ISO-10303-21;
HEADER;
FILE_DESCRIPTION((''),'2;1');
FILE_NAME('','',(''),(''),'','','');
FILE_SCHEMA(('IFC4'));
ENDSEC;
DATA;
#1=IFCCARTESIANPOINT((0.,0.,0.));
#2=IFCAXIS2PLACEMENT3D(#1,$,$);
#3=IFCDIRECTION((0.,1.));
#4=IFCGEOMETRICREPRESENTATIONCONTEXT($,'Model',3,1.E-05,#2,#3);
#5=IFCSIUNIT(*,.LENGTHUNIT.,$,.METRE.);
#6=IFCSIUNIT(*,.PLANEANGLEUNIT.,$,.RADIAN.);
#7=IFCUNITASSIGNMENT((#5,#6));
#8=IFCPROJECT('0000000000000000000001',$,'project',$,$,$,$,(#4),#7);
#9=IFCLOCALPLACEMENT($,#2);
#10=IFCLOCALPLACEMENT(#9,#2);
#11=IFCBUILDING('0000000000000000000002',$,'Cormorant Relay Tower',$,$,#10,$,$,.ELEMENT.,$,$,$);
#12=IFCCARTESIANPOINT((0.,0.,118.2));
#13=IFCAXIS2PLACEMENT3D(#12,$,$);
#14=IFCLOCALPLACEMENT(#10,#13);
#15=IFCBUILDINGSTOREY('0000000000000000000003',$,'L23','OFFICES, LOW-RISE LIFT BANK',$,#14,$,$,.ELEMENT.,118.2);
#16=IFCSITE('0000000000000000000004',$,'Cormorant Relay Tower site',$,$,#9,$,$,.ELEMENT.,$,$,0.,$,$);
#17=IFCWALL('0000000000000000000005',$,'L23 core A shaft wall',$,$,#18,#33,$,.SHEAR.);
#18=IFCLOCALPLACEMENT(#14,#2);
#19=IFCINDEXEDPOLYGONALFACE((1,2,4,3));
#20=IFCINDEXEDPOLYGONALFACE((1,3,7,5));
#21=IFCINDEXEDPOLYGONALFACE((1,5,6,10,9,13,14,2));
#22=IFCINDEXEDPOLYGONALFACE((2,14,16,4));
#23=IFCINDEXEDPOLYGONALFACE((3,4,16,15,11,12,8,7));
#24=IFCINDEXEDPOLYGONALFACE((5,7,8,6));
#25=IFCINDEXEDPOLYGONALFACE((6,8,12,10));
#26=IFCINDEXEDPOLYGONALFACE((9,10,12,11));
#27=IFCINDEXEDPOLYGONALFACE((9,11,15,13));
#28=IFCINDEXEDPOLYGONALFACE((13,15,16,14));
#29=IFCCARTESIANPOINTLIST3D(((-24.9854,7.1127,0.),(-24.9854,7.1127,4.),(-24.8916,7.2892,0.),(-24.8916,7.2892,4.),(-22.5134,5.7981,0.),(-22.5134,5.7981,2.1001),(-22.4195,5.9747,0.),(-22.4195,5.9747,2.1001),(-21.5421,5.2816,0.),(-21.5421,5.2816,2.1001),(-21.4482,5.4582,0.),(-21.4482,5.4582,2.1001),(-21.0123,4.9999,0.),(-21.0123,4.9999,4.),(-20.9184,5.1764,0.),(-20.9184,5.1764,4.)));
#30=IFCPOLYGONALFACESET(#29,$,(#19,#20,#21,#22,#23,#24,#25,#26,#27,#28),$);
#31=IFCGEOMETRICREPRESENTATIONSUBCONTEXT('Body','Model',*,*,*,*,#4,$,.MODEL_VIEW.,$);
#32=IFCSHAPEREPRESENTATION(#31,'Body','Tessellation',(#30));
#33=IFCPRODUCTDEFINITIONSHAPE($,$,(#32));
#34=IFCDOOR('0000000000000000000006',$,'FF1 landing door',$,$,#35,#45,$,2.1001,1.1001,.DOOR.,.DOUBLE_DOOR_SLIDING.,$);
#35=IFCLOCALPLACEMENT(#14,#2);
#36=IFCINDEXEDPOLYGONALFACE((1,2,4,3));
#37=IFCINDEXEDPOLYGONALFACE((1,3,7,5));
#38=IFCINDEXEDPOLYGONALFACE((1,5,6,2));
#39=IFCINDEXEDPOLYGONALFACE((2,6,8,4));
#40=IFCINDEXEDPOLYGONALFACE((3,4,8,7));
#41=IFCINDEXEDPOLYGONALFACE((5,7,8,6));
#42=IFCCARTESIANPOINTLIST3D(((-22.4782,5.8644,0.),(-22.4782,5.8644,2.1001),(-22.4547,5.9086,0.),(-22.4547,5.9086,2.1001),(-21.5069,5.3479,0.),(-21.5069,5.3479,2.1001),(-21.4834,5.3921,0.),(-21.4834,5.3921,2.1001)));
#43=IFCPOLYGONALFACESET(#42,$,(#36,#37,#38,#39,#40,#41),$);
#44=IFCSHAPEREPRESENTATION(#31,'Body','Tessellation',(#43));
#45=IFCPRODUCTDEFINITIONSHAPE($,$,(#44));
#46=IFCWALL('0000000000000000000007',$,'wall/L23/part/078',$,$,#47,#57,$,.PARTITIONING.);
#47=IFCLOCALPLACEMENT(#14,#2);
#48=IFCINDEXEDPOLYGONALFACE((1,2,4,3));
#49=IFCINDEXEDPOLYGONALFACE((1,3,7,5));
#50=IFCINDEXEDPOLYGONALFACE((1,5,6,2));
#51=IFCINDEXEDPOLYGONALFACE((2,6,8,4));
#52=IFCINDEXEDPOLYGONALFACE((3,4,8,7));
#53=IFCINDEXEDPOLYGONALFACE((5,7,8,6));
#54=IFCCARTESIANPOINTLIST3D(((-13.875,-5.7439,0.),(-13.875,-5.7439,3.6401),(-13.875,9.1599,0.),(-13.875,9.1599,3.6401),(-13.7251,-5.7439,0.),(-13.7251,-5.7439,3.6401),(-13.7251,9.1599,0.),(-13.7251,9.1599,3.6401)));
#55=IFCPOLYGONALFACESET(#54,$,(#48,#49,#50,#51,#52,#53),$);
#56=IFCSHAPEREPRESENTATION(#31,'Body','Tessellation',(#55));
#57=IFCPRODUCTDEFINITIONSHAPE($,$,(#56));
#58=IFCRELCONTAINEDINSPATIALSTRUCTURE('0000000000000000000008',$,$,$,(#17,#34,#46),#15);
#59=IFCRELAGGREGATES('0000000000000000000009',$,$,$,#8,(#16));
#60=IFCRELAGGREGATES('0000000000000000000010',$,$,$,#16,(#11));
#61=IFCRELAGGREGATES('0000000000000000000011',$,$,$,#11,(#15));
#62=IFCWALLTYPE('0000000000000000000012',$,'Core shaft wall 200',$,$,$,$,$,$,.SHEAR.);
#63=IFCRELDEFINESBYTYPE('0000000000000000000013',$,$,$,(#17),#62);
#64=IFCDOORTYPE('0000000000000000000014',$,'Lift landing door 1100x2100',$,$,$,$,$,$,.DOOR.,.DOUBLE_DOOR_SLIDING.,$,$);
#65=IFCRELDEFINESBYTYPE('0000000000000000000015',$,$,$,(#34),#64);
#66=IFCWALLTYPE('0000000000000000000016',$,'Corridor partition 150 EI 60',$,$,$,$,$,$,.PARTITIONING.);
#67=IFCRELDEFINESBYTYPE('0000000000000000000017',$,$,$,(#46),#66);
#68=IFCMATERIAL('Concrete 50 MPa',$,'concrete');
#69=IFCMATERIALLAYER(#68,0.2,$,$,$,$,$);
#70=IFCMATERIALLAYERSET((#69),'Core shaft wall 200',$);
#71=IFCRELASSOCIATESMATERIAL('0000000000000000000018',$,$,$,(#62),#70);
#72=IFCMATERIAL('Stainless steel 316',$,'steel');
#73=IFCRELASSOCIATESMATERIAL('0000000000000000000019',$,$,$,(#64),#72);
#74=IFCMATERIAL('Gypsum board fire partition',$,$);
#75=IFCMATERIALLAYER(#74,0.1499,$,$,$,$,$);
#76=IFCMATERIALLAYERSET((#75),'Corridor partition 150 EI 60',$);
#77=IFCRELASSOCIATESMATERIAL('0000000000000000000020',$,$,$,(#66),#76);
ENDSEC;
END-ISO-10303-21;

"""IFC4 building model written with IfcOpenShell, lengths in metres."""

from ifc_helpers import new_model, si_unit, direction, frame, frame_2d, origin, place, context, subcontext, project, spatial, rectangle, extrude, material, layer, layer_set, type_object, element, fill, save


model = new_model("IFC4")

# Units and contexts
model_context = context("Model", 3, precision=1e-05, world=origin(), true_north=direction((0.0, 1.0)))
body_context = subcontext(model_context, "Body", "Model", "MODEL_VIEW")
ifc_project = project(units=[si_unit("LENGTHUNIT", "METRE"), si_unit("PLANEANGLEUNIT", "RADIAN")], contexts=[model_context])

# Site, building, storey
site_placement = place(None, origin())
site = spatial("IfcSite", under=ifc_project, at=site_placement, Name="Cormorant Relay Tower site", CompositionType="ELEMENT", RefElevation=0.0)
building_placement = place(site_placement, origin())
building = spatial("IfcBuilding", under=site, at=building_placement, Name="Cormorant Relay Tower", CompositionType="ELEMENT")
storey_placement = place(building_placement, frame((0.0, 0.0, 118.2)))
storey = spatial("IfcBuildingStorey", under=building, at=storey_placement, Name="L23", Description="OFFICES, LOW-RISE LIFT BANK", CompositionType="ELEMENT", Elevation=118.2)

# Shared definitions
ifc_material_1 = material(Name="Concrete 50 MPa", Category="concrete")
ifc_layer_1 = layer(ifc_material_1, 0.2)
ifc_layer_set_1 = layer_set([ifc_layer_1], Name="Core shaft wall 200")
wall_type_1 = type_object("IfcWallType", Name="Core shaft wall 200", PredefinedType="SHEAR", material=ifc_layer_set_1)

# Wall, opening, door
wall_1_placement = place(storey_placement, frame((-20.9653, 5.0881, 0.0), z_axis=(0.0, 0.0, 1.0), x_axis=(-0.882926, 0.469512, 0.0)))
wall_1 = element("IfcWall", 1, at=wall_1_placement, inside=storey, type_object=wall_type_1, Name="L23 core A shaft wall", PredefinedType="SHEAR", context=body_context, shape_type="SweptSolid", body=[
    extrude(rectangle(XDim=4.5, YDim=0.2, at=frame_2d((2.25, 0.0))), origin(), (0.0, 0.0, 1.0), 4.0),
])
opening_1_placement = place(wall_1_placement, frame((0.6001, 0.0, 0.0)))
opening_1 = element("IfcOpeningElement", 2, at=opening_1_placement, cuts=wall_1, PredefinedType="OPENING", context=body_context, shape_type="SweptSolid", body=[
    extrude(rectangle(XDim=1.1001, YDim=2.1001, at=frame_2d((0.55, 1.05))), frame((0.0, 0.1099, 0.0), z_axis=(0.0, -1.0, 0.0), x_axis=(1.0, 0.0, 0.0)), (0.0, 0.0, 1.0), 0.22),
])
ifc_material_2 = material(Name="Stainless steel 316", Category="steel")
door_type_1 = type_object("IfcDoorType", Name="Lift landing door 1100x2100", OperationType="DOUBLE_DOOR_SLIDING", PredefinedType="DOOR", material=ifc_material_2)
door_1_placement = place(opening_1_placement, origin())
door_1 = element("IfcDoor", 3, at=door_1_placement, inside=storey, type_object=door_type_1, Name="FF1 landing door", OperationType="DOUBLE_DOOR_SLIDING", OverallHeight=2.1001, OverallWidth=1.1001, PredefinedType="DOOR", context=body_context, shape_type="SweptSolid", body=[
    extrude(rectangle(XDim=1.1001, YDim=2.1001, at=frame_2d((0.55, 1.05))), frame((0.0, 0.0249, 0.0), z_axis=(0.0, -1.0, 0.0), x_axis=(1.0, 0.0, 0.0)), (0.0, 0.0, 1.0), 0.05),
])
fill(opening_1, door_1)

# Wall
ifc_material_3 = material(Name="Gypsum board fire partition")
ifc_layer_2 = layer(ifc_material_3, 0.1499)
ifc_layer_set_2 = layer_set([ifc_layer_2], Name="Corridor partition 150 EI 60")
wall_type_2 = type_object("IfcWallType", Name="Corridor partition 150 EI 60", PredefinedType="PARTITIONING", material=ifc_layer_set_2)
wall_2_placement = place(storey_placement, frame((-13.8, 9.1599, 0.0), z_axis=(0.0, 0.0, 1.0), x_axis=(0.0, -1.0, 0.0)))
element("IfcWall", 4, at=wall_2_placement, inside=storey, type_object=wall_type_2, Name="wall/L23/part/078", PredefinedType="PARTITIONING", context=body_context, shape_type="SweptSolid", body=[
    extrude(rectangle(XDim=14.9038, YDim=0.1499, at=frame_2d((7.4519, 0.0))), origin(), (0.0, 0.0, 1.0), 3.6401),
])

save(model, "model.ifc")
